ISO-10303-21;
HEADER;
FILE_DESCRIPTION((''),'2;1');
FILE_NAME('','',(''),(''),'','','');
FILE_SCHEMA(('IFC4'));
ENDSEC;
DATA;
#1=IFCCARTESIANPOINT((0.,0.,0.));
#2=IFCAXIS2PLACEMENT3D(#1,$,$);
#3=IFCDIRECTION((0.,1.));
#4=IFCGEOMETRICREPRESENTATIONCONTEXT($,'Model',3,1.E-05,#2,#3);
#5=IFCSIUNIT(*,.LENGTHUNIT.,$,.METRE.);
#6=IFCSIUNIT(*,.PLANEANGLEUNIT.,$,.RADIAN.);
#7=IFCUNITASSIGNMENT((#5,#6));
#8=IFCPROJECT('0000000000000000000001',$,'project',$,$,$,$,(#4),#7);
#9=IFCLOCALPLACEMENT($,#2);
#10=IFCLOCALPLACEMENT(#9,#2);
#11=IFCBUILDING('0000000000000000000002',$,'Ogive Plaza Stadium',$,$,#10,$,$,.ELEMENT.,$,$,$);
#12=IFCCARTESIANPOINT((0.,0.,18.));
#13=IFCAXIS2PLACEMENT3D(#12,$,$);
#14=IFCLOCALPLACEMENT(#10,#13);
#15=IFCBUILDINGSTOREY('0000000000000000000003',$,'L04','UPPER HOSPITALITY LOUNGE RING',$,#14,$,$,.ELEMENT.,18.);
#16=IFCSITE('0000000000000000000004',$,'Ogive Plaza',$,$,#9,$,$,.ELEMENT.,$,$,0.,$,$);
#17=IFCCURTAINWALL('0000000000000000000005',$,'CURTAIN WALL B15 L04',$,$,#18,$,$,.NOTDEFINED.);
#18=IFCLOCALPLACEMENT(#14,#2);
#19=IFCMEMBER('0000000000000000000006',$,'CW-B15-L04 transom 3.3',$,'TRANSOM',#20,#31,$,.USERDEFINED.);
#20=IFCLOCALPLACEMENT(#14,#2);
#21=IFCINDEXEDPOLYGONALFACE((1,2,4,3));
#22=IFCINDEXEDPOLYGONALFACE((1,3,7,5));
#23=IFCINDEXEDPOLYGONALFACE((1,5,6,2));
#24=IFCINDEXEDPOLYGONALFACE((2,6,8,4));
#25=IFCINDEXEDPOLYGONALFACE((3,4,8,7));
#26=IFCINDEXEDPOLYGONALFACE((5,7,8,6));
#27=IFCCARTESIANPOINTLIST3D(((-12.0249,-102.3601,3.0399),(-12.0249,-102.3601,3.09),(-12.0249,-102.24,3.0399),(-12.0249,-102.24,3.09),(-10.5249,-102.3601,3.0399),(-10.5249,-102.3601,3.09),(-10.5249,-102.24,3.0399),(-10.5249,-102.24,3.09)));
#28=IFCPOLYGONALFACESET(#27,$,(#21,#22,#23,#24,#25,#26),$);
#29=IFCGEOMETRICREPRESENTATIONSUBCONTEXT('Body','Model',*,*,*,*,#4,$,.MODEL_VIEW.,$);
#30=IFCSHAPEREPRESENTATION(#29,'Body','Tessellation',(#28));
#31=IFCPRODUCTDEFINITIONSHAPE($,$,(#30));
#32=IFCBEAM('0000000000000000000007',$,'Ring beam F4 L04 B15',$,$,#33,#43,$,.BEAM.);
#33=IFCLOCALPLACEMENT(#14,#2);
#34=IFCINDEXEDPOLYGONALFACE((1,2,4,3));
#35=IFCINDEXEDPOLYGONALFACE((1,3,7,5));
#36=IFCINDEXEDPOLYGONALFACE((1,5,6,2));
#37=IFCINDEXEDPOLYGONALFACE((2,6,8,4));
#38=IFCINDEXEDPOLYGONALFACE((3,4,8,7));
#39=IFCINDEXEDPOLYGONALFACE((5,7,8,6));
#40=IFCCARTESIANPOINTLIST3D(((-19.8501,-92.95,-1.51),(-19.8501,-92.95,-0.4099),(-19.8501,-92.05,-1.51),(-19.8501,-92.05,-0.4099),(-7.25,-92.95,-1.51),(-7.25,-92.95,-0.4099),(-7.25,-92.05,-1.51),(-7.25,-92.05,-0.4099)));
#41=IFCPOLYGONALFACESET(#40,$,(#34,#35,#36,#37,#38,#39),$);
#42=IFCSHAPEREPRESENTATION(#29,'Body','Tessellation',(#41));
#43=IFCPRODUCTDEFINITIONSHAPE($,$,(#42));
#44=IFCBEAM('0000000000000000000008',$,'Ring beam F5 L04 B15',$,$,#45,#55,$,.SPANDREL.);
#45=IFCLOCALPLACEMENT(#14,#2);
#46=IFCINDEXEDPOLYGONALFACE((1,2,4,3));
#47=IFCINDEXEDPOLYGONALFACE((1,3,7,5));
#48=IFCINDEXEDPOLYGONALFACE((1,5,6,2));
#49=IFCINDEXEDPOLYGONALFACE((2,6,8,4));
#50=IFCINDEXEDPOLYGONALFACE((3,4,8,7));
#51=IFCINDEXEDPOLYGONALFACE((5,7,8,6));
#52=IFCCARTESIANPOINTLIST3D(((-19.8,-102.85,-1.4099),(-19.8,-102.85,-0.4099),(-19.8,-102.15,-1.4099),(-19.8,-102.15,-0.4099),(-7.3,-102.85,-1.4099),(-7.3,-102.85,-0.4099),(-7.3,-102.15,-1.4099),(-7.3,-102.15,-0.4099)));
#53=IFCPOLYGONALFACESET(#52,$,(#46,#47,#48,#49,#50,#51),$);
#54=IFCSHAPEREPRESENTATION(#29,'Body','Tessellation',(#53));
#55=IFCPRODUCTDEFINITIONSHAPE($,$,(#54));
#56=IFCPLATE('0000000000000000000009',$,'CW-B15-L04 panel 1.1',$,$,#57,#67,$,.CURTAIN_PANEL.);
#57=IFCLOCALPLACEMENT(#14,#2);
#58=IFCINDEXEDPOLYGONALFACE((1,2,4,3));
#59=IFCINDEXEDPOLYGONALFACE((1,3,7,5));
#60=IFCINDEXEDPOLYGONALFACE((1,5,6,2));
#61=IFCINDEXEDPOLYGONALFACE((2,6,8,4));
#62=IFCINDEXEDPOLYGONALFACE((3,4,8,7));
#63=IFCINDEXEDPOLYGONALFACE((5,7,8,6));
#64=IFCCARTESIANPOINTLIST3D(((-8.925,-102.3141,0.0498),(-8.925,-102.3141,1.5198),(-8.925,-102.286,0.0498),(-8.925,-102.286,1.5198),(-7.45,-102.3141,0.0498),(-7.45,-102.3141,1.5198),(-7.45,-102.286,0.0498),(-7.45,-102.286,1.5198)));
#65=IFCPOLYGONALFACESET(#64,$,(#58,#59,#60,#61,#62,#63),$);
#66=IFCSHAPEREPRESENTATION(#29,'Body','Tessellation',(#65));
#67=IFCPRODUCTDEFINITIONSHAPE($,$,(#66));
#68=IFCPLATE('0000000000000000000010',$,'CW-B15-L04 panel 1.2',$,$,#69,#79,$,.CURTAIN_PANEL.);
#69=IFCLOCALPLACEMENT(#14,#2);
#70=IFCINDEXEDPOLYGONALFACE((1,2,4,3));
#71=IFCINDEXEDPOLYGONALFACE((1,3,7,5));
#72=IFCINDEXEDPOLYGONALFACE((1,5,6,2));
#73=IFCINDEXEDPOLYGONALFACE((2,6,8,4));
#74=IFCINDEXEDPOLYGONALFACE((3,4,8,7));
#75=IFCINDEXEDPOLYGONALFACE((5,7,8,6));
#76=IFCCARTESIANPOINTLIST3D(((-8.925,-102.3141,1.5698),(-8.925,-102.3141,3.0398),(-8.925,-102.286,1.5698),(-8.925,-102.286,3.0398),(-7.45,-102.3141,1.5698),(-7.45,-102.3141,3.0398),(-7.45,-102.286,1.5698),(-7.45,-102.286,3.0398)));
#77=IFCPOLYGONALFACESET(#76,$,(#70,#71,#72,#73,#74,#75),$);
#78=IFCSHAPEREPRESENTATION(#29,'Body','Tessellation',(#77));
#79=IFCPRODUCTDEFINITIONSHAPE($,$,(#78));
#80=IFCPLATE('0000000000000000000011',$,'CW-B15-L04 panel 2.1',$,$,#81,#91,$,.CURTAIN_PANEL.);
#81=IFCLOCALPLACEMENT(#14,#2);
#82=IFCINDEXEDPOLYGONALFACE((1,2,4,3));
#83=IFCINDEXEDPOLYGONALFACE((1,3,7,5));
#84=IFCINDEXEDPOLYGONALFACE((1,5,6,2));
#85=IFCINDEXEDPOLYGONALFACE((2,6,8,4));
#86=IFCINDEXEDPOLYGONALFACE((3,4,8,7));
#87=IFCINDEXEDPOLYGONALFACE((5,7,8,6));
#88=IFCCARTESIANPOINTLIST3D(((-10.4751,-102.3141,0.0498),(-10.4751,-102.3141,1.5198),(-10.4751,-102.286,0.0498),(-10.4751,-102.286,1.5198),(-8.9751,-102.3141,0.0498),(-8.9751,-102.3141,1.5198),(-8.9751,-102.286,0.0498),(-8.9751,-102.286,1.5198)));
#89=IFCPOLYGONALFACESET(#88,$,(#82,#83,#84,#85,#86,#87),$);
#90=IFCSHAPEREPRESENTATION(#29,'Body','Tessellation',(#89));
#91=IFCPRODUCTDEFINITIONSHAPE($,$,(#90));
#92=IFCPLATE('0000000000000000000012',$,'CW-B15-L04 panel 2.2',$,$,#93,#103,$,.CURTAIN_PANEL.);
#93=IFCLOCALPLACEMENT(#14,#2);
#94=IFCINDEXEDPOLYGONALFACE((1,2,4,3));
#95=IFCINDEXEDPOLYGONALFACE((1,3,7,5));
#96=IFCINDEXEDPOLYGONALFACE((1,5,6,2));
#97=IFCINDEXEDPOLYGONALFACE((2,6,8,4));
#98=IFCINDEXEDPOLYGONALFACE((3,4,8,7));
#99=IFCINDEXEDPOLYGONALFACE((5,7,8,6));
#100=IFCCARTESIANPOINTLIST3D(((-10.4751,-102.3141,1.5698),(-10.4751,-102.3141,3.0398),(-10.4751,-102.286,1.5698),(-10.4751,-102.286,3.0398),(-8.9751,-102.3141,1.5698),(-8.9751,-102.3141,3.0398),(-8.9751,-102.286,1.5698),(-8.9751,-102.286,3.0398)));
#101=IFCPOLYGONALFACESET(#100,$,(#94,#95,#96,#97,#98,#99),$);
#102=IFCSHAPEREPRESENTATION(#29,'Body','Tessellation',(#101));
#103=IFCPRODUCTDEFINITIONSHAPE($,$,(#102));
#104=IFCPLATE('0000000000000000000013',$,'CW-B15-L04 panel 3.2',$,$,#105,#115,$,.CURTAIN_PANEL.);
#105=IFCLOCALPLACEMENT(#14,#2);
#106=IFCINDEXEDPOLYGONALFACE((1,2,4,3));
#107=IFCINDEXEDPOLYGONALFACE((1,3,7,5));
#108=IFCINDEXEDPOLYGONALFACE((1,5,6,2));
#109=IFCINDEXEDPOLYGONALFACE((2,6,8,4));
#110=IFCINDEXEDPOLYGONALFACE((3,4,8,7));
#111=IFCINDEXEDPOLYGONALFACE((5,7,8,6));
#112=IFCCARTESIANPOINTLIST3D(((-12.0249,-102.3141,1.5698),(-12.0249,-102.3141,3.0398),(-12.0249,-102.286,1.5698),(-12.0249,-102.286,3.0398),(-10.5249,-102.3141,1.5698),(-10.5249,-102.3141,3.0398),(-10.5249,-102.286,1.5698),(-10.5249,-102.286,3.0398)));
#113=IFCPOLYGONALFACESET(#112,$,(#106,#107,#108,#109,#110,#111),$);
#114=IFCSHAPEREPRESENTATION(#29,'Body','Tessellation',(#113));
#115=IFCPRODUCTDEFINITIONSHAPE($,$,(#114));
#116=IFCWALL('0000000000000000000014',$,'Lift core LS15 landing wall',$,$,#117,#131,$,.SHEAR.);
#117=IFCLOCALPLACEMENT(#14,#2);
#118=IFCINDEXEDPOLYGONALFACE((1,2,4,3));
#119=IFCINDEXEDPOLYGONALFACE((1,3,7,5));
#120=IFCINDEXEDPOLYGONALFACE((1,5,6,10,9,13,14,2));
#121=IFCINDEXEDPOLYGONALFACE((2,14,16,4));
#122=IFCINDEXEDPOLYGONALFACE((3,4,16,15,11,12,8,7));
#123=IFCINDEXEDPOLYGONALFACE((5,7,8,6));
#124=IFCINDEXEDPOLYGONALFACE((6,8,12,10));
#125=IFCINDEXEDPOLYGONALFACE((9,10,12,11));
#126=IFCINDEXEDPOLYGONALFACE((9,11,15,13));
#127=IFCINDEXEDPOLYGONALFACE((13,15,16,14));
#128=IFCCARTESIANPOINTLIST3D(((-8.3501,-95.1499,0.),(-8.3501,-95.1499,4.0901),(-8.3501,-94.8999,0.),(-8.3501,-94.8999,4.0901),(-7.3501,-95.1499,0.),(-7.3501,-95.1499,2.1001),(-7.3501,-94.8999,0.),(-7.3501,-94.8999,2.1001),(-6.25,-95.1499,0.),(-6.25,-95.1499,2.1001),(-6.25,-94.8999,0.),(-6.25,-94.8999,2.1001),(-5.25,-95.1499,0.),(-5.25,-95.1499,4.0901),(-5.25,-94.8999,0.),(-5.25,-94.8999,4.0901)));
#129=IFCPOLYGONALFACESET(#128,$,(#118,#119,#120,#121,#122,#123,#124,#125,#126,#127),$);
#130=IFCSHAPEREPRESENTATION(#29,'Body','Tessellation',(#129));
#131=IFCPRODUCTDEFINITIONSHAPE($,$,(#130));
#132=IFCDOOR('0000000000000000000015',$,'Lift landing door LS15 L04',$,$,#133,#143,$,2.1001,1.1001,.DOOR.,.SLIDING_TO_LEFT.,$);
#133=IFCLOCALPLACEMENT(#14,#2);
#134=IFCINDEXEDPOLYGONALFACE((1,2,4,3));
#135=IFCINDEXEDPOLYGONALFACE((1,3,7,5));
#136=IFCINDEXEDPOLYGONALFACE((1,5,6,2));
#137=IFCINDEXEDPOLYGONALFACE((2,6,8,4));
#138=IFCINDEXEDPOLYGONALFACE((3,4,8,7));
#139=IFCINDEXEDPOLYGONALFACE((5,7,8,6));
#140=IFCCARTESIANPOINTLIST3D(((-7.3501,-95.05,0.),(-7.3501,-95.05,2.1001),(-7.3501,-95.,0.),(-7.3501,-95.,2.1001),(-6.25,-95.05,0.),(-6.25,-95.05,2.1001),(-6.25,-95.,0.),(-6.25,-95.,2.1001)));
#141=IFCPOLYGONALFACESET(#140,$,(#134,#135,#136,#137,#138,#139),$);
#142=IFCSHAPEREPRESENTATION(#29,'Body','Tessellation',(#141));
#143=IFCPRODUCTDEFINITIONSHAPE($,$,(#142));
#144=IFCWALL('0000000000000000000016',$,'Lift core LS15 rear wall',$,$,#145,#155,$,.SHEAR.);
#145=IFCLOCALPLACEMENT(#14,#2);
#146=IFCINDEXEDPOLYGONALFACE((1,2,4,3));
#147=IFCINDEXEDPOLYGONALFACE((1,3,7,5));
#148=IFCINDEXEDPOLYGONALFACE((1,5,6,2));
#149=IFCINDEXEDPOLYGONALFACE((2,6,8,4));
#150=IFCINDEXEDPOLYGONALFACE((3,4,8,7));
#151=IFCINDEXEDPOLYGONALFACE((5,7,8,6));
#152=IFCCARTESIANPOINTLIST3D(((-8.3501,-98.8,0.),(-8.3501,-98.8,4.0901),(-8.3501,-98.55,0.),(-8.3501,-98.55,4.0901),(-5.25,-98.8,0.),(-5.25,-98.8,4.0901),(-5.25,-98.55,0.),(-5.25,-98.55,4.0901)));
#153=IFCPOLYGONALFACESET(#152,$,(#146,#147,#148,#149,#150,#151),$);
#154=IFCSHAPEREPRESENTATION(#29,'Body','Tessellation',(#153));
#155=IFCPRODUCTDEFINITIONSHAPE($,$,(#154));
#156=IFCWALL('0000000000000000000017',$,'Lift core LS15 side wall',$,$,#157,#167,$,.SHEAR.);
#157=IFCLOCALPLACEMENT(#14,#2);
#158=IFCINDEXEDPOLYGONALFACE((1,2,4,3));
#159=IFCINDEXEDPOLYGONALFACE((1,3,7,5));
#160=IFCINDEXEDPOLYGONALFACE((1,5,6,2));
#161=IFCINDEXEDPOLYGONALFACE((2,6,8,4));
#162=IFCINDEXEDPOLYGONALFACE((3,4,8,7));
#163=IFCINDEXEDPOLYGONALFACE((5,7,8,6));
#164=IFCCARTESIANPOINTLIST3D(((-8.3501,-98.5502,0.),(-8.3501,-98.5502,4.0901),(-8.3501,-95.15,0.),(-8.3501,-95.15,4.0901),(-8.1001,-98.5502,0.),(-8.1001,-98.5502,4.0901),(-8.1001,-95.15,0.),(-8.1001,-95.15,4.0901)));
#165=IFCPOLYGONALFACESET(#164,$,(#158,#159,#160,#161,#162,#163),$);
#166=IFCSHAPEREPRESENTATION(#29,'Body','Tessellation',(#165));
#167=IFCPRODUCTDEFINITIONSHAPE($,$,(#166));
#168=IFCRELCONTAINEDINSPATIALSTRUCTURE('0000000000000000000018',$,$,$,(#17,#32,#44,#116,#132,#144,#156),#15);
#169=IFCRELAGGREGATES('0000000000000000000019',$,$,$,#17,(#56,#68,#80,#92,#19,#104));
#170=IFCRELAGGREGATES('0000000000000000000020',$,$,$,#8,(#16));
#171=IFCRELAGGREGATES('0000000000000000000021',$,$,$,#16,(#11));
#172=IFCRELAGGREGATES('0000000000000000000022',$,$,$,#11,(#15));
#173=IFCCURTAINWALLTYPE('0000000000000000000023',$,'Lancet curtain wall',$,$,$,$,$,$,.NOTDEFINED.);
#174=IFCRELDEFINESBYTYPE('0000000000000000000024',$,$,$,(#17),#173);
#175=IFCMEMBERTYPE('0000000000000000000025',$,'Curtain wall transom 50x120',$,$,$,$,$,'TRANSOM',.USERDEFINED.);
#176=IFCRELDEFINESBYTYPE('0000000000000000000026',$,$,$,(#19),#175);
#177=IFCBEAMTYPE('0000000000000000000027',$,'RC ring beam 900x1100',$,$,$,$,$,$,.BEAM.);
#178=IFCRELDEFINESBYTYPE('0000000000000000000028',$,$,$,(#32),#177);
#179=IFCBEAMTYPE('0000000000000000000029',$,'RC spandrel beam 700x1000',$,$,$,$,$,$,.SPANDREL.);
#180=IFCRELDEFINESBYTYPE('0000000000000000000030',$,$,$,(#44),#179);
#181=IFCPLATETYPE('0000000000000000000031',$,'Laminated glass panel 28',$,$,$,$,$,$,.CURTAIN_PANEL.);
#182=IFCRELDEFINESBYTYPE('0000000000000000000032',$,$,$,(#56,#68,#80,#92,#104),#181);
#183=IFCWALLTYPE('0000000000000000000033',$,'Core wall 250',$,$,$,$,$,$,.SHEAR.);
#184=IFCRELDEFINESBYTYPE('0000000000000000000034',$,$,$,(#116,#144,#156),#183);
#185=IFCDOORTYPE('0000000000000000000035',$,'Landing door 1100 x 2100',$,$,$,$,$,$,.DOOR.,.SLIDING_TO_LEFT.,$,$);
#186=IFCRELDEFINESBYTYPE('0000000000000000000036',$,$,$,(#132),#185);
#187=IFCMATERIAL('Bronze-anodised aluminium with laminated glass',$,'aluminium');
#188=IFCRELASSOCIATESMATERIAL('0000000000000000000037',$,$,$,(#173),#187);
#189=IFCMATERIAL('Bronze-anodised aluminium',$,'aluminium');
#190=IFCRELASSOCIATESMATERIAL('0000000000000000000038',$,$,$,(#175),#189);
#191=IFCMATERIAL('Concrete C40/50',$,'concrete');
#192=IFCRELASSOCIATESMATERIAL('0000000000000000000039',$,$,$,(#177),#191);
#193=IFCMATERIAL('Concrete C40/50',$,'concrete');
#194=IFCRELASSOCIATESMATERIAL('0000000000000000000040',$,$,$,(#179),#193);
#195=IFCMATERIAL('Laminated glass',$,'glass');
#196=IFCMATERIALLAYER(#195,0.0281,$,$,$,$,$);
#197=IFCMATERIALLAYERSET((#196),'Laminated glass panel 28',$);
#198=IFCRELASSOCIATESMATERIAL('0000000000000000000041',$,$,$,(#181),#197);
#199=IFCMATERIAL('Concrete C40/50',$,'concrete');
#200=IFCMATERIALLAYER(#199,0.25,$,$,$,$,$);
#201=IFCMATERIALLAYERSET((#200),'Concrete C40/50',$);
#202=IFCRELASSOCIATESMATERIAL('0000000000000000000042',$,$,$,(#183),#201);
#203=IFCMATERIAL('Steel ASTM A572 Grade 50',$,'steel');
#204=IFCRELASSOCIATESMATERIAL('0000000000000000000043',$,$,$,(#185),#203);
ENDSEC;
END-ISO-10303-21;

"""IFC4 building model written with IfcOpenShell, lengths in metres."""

from ifc_helpers import new_model, si_unit, direction, frame, frame_2d, origin, origin_2d, place, context, subcontext, project, spatial, rectangle, extrude, material, layer, layer_set, material_profile, profile_set, type_object, element, fill, aggregate, save


model = new_model("IFC4")

# Units and contexts
model_context = context("Model", 3, precision=1e-05, world=origin(), true_north=direction((0.0, 1.0)))
body_context = subcontext(model_context, "Body", "Model", "MODEL_VIEW")
ifc_project = project(units=[si_unit("LENGTHUNIT", "METRE"), si_unit("PLANEANGLEUNIT", "RADIAN")], contexts=[model_context])

# Site, building, storey
site_placement = place(None, origin())
site = spatial("IfcSite", under=ifc_project, at=site_placement, Name="Ogive Plaza", CompositionType="ELEMENT", RefElevation=0.0)
building_placement = place(site_placement, origin())
building = spatial("IfcBuilding", under=site, at=building_placement, Name="Ogive Plaza Stadium", CompositionType="ELEMENT")
storey_placement = place(building_placement, frame((0.0, 0.0, 18.0)))
storey = spatial("IfcBuildingStorey", under=building, at=storey_placement, Name="L04", Description="UPPER HOSPITALITY LOUNGE RING", CompositionType="ELEMENT", Elevation=18.0)

# Shared definitions
ifc_material_1 = material(Name="Bronze-anodised aluminium with laminated glass", Category="aluminium")
curtain_wall_type = type_object("IfcCurtainWallType", Name="Lancet curtain wall", PredefinedType="NOTDEFINED", material=ifc_material_1)

# Curtain wall, member
curtain_wall_1_placement = place(storey_placement, origin())
curtain_wall_1 = element("IfcCurtainWall", 1, at=curtain_wall_1_placement, inside=storey, type_object=curtain_wall_type, Name="CURTAIN WALL B15 L04", PredefinedType="NOTDEFINED")
ifc_material_2 = material(Name="Bronze-anodised aluminium", Category="aluminium")
ifc_material_profile_1 = material_profile(ifc_material_2, rectangle(XDim=0.1201, YDim=0.05, at=origin_2d()), Name="AL 120x50")
ifc_profile_set_1 = profile_set([ifc_material_profile_1], Name="Bronze-anodised aluminium")
member_type_1 = type_object("IfcMemberType", Name="Curtain wall transom 50x120", ElementType="TRANSOM", PredefinedType="USERDEFINED", material=ifc_profile_set_1)
member_1_placement = place(storey_placement, frame((-10.5249, -102.3, 3.0649), z_axis=(-1.0, 0.0, 0.0), x_axis=(0.0, -1.0, 0.0)))
member_1 = element("IfcMember", 2, at=member_1_placement, type_object=member_type_1, Name="CW-B15-L04 transom 3.3", ObjectType="TRANSOM", PredefinedType="USERDEFINED", context=body_context, shape_type="SweptSolid", body=[
    extrude(rectangle(XDim=0.1201, YDim=0.05, at=origin_2d()), origin(), (0.0, 0.0, 1.0), 1.5),
])

# Beams
ifc_material_3 = material(Name="Concrete C40/50", Category="concrete")
ifc_material_profile_2 = material_profile(ifc_material_3, rectangle(XDim=0.8999, YDim=1.1001, at=origin_2d()), Name="RC 900x1100")
ifc_profile_set_2 = profile_set([ifc_material_profile_2], Name="Concrete C40/50")
beam_type_1 = type_object("IfcBeamType", Name="RC ring beam 900x1100", PredefinedType="BEAM", material=ifc_profile_set_2)
beam_1_placement = place(storey_placement, frame((-7.25, -92.5, -0.96), z_axis=(-1.0, 0.0, 0.0), x_axis=(0.0, -1.0, 0.0)))
element("IfcBeam", 3, at=beam_1_placement, inside=storey, type_object=beam_type_1, Name="Ring beam F4 L04 B15", PredefinedType="BEAM", context=body_context, shape_type="SweptSolid", body=[
    extrude(rectangle(XDim=0.8999, YDim=1.1001, at=origin_2d()), origin(), (0.0, 0.0, 1.0), 12.6001),
])
ifc_material_4 = material(Name="Concrete C40/50", Category="concrete")
ifc_material_profile_3 = material_profile(ifc_material_4, rectangle(XDim=0.7, YDim=1.0, at=origin_2d()), Name="RC 700x1000")
ifc_profile_set_3 = profile_set([ifc_material_profile_3], Name="Concrete C40/50")
beam_type_2 = type_object("IfcBeamType", Name="RC spandrel beam 700x1000", PredefinedType="SPANDREL", material=ifc_profile_set_3)
beam_2_placement = place(storey_placement, frame((-7.3, -102.5, -0.9099), z_axis=(-1.0, 0.0, 0.0), x_axis=(0.0, -1.0, 0.0)))
element("IfcBeam", 4, at=beam_2_placement, inside=storey, type_object=beam_type_2, Name="Ring beam F5 L04 B15", PredefinedType="SPANDREL", context=body_context, shape_type="SweptSolid", body=[
    extrude(rectangle(XDim=0.7, YDim=1.0, at=origin_2d()), origin(), (0.0, 0.0, 1.0), 12.5),
])

# Plates
ifc_material_5 = material(Name="Laminated glass", Category="glass")
ifc_layer_1 = layer(ifc_material_5, 0.0281)
ifc_layer_set_1 = layer_set([ifc_layer_1], Name="Laminated glass panel 28")
plate_type = type_object("IfcPlateType", Name="Laminated glass panel 28", PredefinedType="CURTAIN_PANEL", material=ifc_layer_set_1)
plate_1_placement = place(storey_placement, frame((-8.1875, -102.3, 0.0498), z_axis=(0.0, 0.0, 1.0), x_axis=(-1.0, 0.0, 0.0)))
plate_1 = element("IfcPlate", 5, at=plate_1_placement, type_object=plate_type, Name="CW-B15-L04 panel 1.1", PredefinedType="CURTAIN_PANEL", context=body_context, shape_type="SweptSolid", body=[
    extrude(rectangle(XDim=1.4751, YDim=0.0281, at=origin_2d()), origin(), (0.0, 0.0, 1.0), 1.47),
])
plate_2_placement = place(storey_placement, frame((-8.1875, -102.3, 1.5698), z_axis=(0.0, 0.0, 1.0), x_axis=(-1.0, 0.0, 0.0)))
plate_2 = element("IfcPlate", 6, at=plate_2_placement, type_object=plate_type, Name="CW-B15-L04 panel 1.2", PredefinedType="CURTAIN_PANEL", context=body_context, shape_type="SweptSolid", body=[
    extrude(rectangle(XDim=1.4751, YDim=0.0281, at=origin_2d()), origin(), (0.0, 0.0, 1.0), 1.47),
])
plate_3_placement = place(storey_placement, frame((-9.7251, -102.3, 0.0498), z_axis=(0.0, 0.0, 1.0), x_axis=(-1.0, 0.0, 0.0)))
plate_3 = element("IfcPlate", 7, at=plate_3_placement, type_object=plate_type, Name="CW-B15-L04 panel 2.1", PredefinedType="CURTAIN_PANEL", context=body_context, shape_type="SweptSolid", body=[
    extrude(rectangle(XDim=1.5, YDim=0.0281, at=origin_2d()), origin(), (0.0, 0.0, 1.0), 1.47),
])
plate_4_placement = place(storey_placement, frame((-9.7251, -102.3, 1.5698), z_axis=(0.0, 0.0, 1.0), x_axis=(-1.0, 0.0, 0.0)))
plate_4 = element("IfcPlate", 8, at=plate_4_placement, type_object=plate_type, Name="CW-B15-L04 panel 2.2", PredefinedType="CURTAIN_PANEL", context=body_context, shape_type="SweptSolid", body=[
    extrude(rectangle(XDim=1.5, YDim=0.0281, at=origin_2d()), origin(), (0.0, 0.0, 1.0), 1.47),
])
plate_5_placement = place(storey_placement, frame((-11.2749, -102.3, 1.5698), z_axis=(0.0, 0.0, 1.0), x_axis=(-1.0, 0.0, 0.0)))
plate_5 = element("IfcPlate", 9, at=plate_5_placement, type_object=plate_type, Name="CW-B15-L04 panel 3.2", PredefinedType="CURTAIN_PANEL", context=body_context, shape_type="SweptSolid", body=[
    extrude(rectangle(XDim=1.5, YDim=0.0281, at=origin_2d()), origin(), (0.0, 0.0, 1.0), 1.47),
])
aggregate(curtain_wall_1, [plate_1, plate_2, plate_3, plate_4, member_1, plate_5])

# Wall, opening, door
ifc_material_6 = material(Name="Concrete C40/50", Category="concrete")
ifc_layer_2 = layer(ifc_material_6, 0.25)
ifc_layer_set_2 = layer_set([ifc_layer_2], Name="Concrete C40/50")
wall_type = type_object("IfcWallType", Name="Core wall 250", PredefinedType="SHEAR", material=ifc_layer_set_2)
wall_1_placement = place(storey_placement, frame((-8.3501, -95.0249, 0.0), z_axis=(0.0, 0.0, 1.0), x_axis=(1.0, 0.0, 0.0)))
wall_1 = element("IfcWall", 10, at=wall_1_placement, inside=storey, type_object=wall_type, Name="Lift core LS15 landing wall", PredefinedType="SHEAR", context=body_context, shape_type="SweptSolid", body=[
    extrude(rectangle(XDim=3.1001, YDim=0.25, at=frame_2d((1.55, 0.0))), origin(), (0.0, 0.0, 1.0), 4.0901),
])
opening_placement = place(wall_1_placement, frame((1.0, 0.0, 0.0)))
opening = element("IfcOpeningElement", 11, at=opening_placement, cuts=wall_1, PredefinedType="OPENING", context=body_context, shape_type="SweptSolid", body=[
    extrude(rectangle(XDim=1.1001, YDim=2.1001, at=frame_2d((0.55, 1.05))), frame((0.0, 0.125, 0.0), z_axis=(0.0, -1.0, 0.0), x_axis=(1.0, 0.0, 0.0)), (0.0, 0.0, 1.0), 0.25),
])
ifc_material_7 = material(Name="Steel ASTM A572 Grade 50", Category="steel")
door_type = type_object("IfcDoorType", Name="Landing door 1100 x 2100", OperationType="SLIDING_TO_LEFT", PredefinedType="DOOR", material=ifc_material_7)
door_placement = place(opening_placement, origin())
door = element("IfcDoor", 12, at=door_placement, inside=storey, type_object=door_type, Name="Lift landing door LS15 L04", OperationType="SLIDING_TO_LEFT", OverallHeight=2.1001, OverallWidth=1.1001, PredefinedType="DOOR", context=body_context, shape_type="SweptSolid", body=[
    extrude(rectangle(XDim=1.1001, YDim=2.1001, at=frame_2d((0.55, 1.05))), frame((0.0, 0.0249, 0.0), z_axis=(0.0, -1.0, 0.0), x_axis=(1.0, 0.0, 0.0)), (0.0, 0.0, 1.0), 0.05),
])
fill(opening, door)

# Walls
wall_2_placement = place(storey_placement, frame((-8.3501, -98.675, 0.0), z_axis=(0.0, 0.0, 1.0), x_axis=(1.0, 0.0, 0.0)))
element("IfcWall", 13, at=wall_2_placement, inside=storey, type_object=wall_type, Name="Lift core LS15 rear wall", PredefinedType="SHEAR", context=body_context, shape_type="SweptSolid", body=[
    extrude(rectangle(XDim=3.1001, YDim=0.25, at=frame_2d((1.55, 0.0))), origin(), (0.0, 0.0, 1.0), 4.0901),
])
wall_3_placement = place(storey_placement, frame((-8.2251, -95.1499, 0.0), z_axis=(0.0, 0.0, 1.0), x_axis=(0.0, -1.0, 0.0)))
element("IfcWall", 14, at=wall_3_placement, inside=storey, type_object=wall_type, Name="Lift core LS15 side wall", PredefinedType="SHEAR", context=body_context, shape_type="SweptSolid", body=[
    extrude(rectangle(XDim=3.4001, YDim=0.25, at=frame_2d((1.7002, 0.0))), origin(), (0.0, 0.0, 1.0), 4.0901),
])

save(model, "model.ifc")
